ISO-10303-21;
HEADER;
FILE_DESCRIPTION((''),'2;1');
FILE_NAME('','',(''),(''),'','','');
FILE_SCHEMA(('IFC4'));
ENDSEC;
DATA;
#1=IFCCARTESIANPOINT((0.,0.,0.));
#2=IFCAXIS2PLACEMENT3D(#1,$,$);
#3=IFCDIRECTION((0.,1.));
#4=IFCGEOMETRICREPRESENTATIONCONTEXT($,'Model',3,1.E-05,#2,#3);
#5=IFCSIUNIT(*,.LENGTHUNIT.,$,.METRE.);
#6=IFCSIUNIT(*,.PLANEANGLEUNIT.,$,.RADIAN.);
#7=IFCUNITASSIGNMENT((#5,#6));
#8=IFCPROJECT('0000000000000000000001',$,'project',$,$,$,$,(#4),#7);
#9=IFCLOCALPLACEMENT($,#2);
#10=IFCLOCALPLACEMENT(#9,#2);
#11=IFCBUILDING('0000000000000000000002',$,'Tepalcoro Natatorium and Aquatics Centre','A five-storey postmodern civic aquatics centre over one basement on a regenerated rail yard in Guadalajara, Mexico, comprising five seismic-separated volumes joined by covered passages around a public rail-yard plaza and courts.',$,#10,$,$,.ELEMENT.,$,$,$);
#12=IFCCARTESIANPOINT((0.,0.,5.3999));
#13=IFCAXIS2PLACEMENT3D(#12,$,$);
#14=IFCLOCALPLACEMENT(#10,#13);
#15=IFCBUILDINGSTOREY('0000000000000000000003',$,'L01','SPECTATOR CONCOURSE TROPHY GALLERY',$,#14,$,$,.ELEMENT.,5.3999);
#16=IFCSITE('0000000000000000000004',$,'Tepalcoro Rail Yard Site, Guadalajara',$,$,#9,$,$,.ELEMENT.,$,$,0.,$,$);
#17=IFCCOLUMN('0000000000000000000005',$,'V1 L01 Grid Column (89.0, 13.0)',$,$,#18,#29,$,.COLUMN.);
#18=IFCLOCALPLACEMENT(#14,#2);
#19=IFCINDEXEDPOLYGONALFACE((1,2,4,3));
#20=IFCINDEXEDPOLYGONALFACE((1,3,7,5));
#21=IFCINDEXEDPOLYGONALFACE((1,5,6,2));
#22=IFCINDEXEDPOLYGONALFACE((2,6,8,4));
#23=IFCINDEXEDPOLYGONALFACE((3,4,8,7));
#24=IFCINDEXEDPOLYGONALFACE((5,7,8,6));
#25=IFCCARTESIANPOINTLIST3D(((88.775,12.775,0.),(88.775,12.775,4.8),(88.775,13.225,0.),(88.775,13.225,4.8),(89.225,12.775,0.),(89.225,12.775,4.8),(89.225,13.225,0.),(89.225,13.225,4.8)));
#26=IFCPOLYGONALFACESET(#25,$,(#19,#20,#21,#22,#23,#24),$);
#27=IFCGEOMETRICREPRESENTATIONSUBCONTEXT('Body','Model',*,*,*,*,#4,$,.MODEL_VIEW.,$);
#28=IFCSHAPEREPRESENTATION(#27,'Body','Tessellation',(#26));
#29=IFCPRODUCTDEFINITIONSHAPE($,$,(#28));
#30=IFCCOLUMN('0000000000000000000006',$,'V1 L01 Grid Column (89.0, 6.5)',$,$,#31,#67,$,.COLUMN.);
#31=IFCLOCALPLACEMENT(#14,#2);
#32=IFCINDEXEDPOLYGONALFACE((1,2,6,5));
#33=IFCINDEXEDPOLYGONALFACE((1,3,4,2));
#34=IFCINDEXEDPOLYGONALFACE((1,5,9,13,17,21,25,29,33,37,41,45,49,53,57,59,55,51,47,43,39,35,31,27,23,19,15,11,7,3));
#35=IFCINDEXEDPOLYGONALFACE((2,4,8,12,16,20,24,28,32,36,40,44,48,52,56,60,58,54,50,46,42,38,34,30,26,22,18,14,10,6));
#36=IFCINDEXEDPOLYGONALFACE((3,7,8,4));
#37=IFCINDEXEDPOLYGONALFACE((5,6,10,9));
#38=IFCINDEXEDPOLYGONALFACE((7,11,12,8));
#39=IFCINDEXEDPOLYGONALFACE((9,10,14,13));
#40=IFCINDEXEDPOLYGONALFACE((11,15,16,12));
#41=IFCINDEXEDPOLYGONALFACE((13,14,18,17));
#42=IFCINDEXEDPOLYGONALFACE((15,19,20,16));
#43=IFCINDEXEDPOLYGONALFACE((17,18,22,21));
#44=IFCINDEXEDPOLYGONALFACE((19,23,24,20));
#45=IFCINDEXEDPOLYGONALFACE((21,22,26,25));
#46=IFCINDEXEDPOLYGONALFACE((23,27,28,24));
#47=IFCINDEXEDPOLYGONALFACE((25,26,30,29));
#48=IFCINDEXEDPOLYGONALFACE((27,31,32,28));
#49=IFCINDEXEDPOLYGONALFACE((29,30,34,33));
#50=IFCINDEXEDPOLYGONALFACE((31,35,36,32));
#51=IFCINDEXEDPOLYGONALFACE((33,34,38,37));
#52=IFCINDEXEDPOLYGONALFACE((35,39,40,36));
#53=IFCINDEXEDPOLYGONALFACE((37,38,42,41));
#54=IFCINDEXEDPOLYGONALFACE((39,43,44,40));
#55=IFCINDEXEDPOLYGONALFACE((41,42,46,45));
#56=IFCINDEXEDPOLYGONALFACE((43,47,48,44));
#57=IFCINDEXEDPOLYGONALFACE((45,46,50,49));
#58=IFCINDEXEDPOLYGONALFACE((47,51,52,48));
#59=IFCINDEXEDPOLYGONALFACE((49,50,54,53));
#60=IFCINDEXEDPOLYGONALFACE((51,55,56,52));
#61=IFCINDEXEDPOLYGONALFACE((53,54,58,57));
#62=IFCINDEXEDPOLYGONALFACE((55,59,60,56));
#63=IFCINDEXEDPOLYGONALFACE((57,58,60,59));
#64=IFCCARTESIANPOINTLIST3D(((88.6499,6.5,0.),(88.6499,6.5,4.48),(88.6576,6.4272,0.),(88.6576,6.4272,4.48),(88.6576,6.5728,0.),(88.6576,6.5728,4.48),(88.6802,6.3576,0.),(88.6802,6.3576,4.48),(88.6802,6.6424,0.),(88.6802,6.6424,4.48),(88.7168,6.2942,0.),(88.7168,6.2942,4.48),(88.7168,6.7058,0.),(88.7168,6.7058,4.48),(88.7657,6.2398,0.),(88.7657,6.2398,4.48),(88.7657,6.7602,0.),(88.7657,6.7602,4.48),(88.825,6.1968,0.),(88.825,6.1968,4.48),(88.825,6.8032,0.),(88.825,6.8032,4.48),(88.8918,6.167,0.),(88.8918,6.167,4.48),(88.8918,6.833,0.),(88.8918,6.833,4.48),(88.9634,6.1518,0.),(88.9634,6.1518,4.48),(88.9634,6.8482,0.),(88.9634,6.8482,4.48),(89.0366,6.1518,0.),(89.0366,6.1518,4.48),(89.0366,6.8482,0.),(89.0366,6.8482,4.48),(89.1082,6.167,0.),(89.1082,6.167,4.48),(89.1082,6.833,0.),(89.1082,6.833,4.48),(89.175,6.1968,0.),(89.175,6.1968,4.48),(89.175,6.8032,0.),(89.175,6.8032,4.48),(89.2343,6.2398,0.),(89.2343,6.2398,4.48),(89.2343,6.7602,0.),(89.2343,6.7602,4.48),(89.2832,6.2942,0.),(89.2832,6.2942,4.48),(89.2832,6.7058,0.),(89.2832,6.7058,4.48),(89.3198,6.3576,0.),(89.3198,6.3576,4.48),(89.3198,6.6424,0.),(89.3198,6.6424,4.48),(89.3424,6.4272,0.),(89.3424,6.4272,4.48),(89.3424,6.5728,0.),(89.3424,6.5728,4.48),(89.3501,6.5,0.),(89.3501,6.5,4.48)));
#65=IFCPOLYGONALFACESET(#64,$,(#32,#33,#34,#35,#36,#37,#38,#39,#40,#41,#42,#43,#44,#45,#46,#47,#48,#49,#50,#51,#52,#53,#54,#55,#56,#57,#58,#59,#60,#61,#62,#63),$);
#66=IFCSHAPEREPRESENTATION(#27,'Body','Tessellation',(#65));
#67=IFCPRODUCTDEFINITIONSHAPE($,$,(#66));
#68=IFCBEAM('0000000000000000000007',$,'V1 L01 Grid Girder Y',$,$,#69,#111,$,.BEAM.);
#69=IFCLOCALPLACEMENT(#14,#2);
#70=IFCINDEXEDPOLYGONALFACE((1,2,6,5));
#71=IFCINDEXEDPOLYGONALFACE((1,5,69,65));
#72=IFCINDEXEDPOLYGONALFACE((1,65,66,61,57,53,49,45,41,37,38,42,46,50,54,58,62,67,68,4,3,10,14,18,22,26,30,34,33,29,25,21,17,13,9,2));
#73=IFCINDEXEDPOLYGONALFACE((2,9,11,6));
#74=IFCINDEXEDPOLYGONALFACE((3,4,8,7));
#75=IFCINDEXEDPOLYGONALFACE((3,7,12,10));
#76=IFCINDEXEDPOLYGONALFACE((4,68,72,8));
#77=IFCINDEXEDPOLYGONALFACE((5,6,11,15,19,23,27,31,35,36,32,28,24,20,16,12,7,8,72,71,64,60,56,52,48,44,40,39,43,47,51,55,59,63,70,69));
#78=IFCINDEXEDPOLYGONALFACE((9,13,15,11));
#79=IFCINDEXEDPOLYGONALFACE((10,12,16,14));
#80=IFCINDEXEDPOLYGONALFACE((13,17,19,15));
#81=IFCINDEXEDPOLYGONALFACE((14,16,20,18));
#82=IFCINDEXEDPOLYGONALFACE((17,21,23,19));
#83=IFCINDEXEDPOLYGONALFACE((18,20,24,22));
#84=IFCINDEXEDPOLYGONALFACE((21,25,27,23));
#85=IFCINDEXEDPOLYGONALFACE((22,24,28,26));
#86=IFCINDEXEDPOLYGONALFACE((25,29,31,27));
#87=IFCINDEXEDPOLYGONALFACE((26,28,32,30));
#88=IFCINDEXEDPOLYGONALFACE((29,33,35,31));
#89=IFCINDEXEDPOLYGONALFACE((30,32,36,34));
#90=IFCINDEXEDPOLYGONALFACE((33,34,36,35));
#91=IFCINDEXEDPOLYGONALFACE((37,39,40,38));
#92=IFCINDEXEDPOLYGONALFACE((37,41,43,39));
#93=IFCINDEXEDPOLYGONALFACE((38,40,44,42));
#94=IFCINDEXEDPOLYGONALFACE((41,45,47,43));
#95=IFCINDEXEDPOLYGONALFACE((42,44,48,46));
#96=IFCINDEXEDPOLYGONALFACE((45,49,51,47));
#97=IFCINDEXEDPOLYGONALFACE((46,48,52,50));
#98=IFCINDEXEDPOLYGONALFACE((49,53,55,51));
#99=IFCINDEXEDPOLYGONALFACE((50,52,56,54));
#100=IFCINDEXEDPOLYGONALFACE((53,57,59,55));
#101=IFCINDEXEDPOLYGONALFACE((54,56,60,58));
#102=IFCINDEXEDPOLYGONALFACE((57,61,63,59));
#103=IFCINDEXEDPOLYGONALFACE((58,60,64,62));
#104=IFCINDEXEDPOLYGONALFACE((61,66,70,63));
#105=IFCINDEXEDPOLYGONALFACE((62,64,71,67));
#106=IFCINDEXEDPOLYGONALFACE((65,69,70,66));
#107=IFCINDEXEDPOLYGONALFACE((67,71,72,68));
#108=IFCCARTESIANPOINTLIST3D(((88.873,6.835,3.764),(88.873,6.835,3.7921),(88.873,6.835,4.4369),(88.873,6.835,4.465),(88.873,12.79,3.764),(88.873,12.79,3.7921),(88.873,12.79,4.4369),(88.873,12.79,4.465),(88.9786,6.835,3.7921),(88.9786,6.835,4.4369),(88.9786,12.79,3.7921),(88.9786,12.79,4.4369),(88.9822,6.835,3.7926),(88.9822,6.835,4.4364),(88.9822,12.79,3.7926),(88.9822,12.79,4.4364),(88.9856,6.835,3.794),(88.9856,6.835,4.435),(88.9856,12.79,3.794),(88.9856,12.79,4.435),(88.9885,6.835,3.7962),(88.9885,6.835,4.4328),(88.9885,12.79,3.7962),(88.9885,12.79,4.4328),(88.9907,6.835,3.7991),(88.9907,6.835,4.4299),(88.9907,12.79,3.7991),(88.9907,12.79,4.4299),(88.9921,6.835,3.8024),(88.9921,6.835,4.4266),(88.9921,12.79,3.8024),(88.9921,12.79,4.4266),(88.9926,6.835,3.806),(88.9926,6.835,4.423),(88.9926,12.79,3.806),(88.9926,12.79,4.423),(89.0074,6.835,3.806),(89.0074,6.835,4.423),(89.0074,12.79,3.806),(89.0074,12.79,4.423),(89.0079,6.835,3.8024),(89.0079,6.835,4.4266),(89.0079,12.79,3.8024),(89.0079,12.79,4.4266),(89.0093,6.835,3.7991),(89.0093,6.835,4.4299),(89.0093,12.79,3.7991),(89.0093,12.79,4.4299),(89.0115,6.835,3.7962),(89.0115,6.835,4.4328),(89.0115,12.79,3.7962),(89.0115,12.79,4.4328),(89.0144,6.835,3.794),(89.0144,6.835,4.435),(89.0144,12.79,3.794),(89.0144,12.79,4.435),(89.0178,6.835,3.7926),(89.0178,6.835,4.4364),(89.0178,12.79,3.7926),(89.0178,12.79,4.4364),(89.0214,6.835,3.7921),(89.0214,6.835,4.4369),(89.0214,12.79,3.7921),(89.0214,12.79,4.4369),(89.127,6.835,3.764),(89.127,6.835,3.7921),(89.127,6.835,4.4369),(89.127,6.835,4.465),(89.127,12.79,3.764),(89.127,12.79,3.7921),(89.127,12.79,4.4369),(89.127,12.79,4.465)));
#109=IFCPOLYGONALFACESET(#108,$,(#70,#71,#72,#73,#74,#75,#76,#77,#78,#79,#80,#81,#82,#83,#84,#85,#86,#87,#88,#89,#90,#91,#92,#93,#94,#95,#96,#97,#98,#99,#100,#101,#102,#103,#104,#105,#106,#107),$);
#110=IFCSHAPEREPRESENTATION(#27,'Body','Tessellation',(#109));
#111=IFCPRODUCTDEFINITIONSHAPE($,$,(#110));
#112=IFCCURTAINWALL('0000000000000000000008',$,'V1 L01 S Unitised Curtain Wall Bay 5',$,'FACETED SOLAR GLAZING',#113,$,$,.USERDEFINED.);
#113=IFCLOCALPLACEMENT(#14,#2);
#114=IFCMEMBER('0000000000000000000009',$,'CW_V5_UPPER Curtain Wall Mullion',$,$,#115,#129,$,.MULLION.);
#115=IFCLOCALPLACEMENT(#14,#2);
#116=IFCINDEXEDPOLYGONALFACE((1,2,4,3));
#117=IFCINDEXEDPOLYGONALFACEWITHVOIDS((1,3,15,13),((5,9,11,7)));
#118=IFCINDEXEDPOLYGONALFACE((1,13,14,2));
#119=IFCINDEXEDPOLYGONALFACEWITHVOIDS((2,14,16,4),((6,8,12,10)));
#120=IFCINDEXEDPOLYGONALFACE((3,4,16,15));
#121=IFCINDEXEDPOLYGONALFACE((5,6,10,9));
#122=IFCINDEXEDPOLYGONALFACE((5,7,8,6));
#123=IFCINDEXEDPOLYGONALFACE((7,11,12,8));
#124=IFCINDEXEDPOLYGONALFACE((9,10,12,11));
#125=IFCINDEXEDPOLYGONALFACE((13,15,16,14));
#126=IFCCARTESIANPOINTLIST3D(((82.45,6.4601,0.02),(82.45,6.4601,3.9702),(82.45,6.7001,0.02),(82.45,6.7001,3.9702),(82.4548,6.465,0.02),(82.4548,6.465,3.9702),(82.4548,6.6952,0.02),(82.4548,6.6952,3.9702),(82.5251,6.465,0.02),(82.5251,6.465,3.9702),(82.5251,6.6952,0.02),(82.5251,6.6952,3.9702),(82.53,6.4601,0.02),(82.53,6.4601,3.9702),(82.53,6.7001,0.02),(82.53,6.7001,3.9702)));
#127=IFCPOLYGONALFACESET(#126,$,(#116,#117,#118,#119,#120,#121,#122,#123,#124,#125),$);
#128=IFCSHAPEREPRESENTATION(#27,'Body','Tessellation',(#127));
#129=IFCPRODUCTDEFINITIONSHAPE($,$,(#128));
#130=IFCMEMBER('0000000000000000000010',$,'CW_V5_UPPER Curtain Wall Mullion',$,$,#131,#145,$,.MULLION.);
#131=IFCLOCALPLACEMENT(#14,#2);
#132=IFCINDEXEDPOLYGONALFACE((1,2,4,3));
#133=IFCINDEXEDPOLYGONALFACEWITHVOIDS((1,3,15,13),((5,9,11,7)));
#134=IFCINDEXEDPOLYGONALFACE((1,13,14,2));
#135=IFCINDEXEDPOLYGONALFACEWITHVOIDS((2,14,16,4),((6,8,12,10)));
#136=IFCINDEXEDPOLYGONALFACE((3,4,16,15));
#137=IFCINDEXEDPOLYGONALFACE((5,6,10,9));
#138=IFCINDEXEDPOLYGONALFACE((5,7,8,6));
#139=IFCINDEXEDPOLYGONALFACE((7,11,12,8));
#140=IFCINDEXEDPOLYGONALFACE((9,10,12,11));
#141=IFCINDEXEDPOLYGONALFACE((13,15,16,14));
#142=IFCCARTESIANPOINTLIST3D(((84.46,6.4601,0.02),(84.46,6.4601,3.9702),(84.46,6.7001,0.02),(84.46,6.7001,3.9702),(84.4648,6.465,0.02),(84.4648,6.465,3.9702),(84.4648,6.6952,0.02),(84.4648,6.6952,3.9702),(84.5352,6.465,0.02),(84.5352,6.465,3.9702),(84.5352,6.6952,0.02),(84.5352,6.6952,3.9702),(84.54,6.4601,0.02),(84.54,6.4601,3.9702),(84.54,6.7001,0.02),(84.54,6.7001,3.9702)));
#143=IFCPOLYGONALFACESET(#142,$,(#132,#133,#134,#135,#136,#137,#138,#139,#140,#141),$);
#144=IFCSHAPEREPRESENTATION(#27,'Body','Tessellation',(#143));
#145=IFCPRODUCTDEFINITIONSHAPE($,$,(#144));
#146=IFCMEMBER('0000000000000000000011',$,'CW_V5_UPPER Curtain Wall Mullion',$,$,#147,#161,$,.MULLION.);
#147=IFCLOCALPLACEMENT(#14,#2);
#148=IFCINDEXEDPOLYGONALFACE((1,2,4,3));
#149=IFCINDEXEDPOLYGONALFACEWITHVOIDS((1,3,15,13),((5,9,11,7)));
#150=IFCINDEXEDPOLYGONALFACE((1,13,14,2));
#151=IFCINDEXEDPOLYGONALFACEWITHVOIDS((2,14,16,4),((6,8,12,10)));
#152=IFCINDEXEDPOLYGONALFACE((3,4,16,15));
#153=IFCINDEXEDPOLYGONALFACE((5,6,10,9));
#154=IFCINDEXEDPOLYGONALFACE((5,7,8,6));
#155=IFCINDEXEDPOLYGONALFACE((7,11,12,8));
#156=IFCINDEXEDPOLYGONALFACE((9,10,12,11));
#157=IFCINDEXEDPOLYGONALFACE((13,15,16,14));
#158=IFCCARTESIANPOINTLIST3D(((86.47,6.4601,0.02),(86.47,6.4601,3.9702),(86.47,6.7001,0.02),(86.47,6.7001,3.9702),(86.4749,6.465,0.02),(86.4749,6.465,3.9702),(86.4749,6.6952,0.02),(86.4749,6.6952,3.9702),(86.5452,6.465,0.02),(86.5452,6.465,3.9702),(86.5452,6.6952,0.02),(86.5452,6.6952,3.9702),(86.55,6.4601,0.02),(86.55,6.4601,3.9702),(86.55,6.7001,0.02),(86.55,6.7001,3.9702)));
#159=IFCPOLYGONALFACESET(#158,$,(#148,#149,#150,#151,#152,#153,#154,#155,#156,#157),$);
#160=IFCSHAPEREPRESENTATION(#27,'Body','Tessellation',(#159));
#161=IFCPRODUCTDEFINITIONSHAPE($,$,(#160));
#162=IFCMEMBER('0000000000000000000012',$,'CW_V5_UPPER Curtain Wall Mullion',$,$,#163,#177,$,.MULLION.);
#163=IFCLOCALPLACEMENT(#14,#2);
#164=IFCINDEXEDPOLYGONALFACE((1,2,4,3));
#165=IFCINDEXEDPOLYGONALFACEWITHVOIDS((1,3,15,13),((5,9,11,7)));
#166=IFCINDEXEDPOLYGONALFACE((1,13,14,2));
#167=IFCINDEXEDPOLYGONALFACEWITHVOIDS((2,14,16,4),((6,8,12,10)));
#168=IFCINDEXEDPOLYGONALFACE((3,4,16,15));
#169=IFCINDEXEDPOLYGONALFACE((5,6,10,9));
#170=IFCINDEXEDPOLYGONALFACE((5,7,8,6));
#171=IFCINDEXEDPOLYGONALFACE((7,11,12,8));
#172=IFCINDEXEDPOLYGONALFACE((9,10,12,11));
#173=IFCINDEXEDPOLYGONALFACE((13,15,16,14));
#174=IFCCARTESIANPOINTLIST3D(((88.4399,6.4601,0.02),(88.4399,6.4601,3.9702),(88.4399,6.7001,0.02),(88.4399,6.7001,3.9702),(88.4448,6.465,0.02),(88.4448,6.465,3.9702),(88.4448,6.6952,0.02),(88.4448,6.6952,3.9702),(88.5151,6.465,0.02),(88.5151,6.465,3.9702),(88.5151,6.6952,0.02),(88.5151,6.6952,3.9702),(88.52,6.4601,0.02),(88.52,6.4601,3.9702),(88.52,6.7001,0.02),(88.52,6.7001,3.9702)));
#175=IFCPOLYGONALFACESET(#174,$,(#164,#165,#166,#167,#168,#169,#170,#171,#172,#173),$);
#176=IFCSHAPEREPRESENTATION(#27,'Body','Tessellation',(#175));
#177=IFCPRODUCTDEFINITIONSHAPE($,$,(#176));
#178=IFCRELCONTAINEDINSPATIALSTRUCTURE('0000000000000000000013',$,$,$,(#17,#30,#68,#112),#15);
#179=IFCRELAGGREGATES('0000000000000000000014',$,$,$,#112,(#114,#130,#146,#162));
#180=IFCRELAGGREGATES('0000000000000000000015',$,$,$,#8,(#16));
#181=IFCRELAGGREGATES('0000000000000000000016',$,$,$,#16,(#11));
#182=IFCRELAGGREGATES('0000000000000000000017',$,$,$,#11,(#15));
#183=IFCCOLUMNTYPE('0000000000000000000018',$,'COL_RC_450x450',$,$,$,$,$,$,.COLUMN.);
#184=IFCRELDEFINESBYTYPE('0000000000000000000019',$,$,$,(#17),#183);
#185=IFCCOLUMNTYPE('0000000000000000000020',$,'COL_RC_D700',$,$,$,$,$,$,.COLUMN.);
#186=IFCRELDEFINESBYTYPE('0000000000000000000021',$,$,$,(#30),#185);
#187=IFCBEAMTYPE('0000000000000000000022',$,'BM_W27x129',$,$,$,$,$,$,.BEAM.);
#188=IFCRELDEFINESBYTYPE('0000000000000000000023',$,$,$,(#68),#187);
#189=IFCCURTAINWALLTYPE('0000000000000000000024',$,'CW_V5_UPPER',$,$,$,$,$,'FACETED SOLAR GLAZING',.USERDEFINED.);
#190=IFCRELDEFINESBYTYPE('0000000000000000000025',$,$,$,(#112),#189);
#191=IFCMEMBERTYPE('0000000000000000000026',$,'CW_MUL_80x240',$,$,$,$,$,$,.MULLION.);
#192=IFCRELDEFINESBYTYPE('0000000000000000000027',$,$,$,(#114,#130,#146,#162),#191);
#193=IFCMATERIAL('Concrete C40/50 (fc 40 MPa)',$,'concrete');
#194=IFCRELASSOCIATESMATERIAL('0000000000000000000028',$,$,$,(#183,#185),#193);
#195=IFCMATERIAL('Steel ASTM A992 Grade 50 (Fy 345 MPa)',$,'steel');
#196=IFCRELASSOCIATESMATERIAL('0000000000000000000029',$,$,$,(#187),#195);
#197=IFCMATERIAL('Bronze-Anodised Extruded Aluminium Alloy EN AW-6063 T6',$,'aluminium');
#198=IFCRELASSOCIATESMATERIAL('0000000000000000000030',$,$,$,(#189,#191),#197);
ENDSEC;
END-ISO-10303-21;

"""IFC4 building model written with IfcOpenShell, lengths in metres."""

from ifc_helpers import new_model, si_unit, direction, frame, origin, origin_2d, place, context, subcontext, project, spatial, rectangle, hollow_rectangle, circle, i_section, extrude, material, material_profile, profile_set, type_object, element, aggregate, save


model = new_model("IFC4")

# Units and contexts
model_context = context("Model", 3, precision=1e-05, world=origin(), true_north=direction((0.0, 1.0)))
body_context = subcontext(model_context, "Body", "Model", "MODEL_VIEW")
ifc_project = project(units=[si_unit("LENGTHUNIT", "METRE"), si_unit("PLANEANGLEUNIT", "RADIAN")], contexts=[model_context])

# Site, building, storey
site_placement = place(None, origin())
site = spatial("IfcSite", under=ifc_project, at=site_placement, Name="Tepalcoro Rail Yard Site, Guadalajara", CompositionType="ELEMENT", RefElevation=0.0)
building_placement = place(site_placement, origin())
building = spatial("IfcBuilding", under=site, at=building_placement, Name="Tepalcoro Natatorium and Aquatics Centre", Description="A five-storey postmodern civic aquatics centre over one basement on a regenerated rail yard in Guadalajara, Mexico, comprising five seismic-separated volumes joined by covered passages around a public rail-yard plaza and courts.", CompositionType="ELEMENT")
storey_placement = place(building_placement, frame((0.0, 0.0, 5.3999)))
storey = spatial("IfcBuildingStorey", under=building, at=storey_placement, Name="L01", Description="SPECTATOR CONCOURSE TROPHY GALLERY", CompositionType="ELEMENT", Elevation=5.3999)

# Columns
ifc_material_1 = material(Name="Concrete C40/50 (fc 40 MPa)", Category="concrete")
ifc_material_profile_1 = material_profile(ifc_material_1, rectangle(XDim=0.45, YDim=0.45, at=origin_2d()), Name="RC450x450")
ifc_profile_set_1 = profile_set([ifc_material_profile_1], Name="Concrete C40/50 (fc 40 MPa)")
column_type_1 = type_object("IfcColumnType", Name="COL_RC_450x450", PredefinedType="COLUMN", material=ifc_profile_set_1)
column_1_placement = place(storey_placement, frame((89.0, 13.0, 0.0), z_axis=(0.0, 0.0, 1.0), x_axis=(1.0, 0.0, 0.0)))
element("IfcColumn", 1, at=column_1_placement, inside=storey, type_object=column_type_1, Name="V1 L01 Grid Column (89.0, 13.0)", PredefinedType="COLUMN", context=body_context, shape_type="SweptSolid", body=[
    extrude(rectangle(XDim=0.45, YDim=0.45, at=origin_2d()), origin(), (0.0, 0.0, 1.0), 4.8),
])
ifc_material_profile_2 = material_profile(ifc_material_1, circle(Radius=0.3501, at=origin_2d()), Name="RCD700")
ifc_profile_set_2 = profile_set([ifc_material_profile_2], Name="Concrete C40/50 (fc 40 MPa)")
column_type_2 = type_object("IfcColumnType", Name="COL_RC_D700", PredefinedType="COLUMN", material=ifc_profile_set_2)
column_2_placement = place(storey_placement, frame((89.0, 6.5, 0.0), z_axis=(0.0, 0.0, 1.0), x_axis=(1.0, 0.0, 0.0)))
element("IfcColumn", 2, at=column_2_placement, inside=storey, type_object=column_type_2, Name="V1 L01 Grid Column (89.0, 6.5)", PredefinedType="COLUMN", context=body_context, shape_type="SweptSolid", body=[
    extrude(circle(Radius=0.3501, at=origin_2d()), origin(), (0.0, 0.0, 1.0), 4.48),
])

# Beam
ifc_material_2 = material(Name="Steel ASTM A992 Grade 50 (Fy 345 MPa)", Category="steel")
ifc_material_profile_3 = material_profile(ifc_material_2, i_section(OverallWidth=0.2539, OverallDepth=0.7009, WebThickness=0.0149, FlangeThickness=0.0281, FilletRadius=0.0139, at=origin_2d()), Name="W27X129")
ifc_profile_set_3 = profile_set([ifc_material_profile_3], Name="Steel ASTM A992 Grade 50 (Fy 345 MPa)")
beam_type_1 = type_object("IfcBeamType", Name="BM_W27x129", PredefinedType="BEAM", material=ifc_profile_set_3)
beam_1_placement = place(storey_placement, frame((89.0, 6.835, 4.1145), z_axis=(0.0, 1.0, 0.0), x_axis=(-1.0, 0.0, 0.0)))
element("IfcBeam", 3, at=beam_1_placement, inside=storey, type_object=beam_type_1, Name="V1 L01 Grid Girder Y", PredefinedType="BEAM", context=body_context, shape_type="SweptSolid", body=[
    extrude(i_section(OverallWidth=0.2539, OverallDepth=0.7009, WebThickness=0.0149, FlangeThickness=0.0281, FilletRadius=0.0139, at=origin_2d()), origin(), (0.0, 0.0, 1.0), 5.9551),
])

# Curtain wall, members
ifc_material_3 = material(Name="Bronze-Anodised Extruded Aluminium Alloy EN AW-6063 T6", Category="aluminium")
curtain_wall_type = type_object("IfcCurtainWallType", Name="CW_V5_UPPER", ElementType="FACETED SOLAR GLAZING", PredefinedType="USERDEFINED", material=ifc_material_3)
curtain_wall_placement = place(storey_placement, origin())
curtain_wall = element("IfcCurtainWall", 4, at=curtain_wall_placement, inside=storey, type_object=curtain_wall_type, Name="V1 L01 S Unitised Curtain Wall Bay 5", ObjectType="FACETED SOLAR GLAZING", PredefinedType="USERDEFINED")
ifc_material_profile_4 = material_profile(ifc_material_3, hollow_rectangle(XDim=0.0801, YDim=0.24, WallThickness=0.0049, at=origin_2d()), Name="AL80X240X5")
ifc_profile_set_4 = profile_set([ifc_material_profile_4], Name="Bronze-Anodised Extruded Aluminium Alloy EN AW-6063 T6")
member_type_1 = type_object("IfcMemberType", Name="CW_MUL_80x240", PredefinedType="MULLION", material=ifc_profile_set_4)
member_1_placement = place(storey_placement, frame((82.49, 6.5801, 0.02), z_axis=(0.0, 0.0, 1.0), x_axis=(1.0, 0.0, 0.0)))
member_1 = element("IfcMember", 5, at=member_1_placement, type_object=member_type_1, Name="CW_V5_UPPER Curtain Wall Mullion", PredefinedType="MULLION", context=body_context, shape_type="SweptSolid", body=[
    extrude(hollow_rectangle(XDim=0.0801, YDim=0.24, WallThickness=0.0049, at=origin_2d()), origin(), (0.0, 0.0, 1.0), 3.9502),
])
member_2_placement = place(storey_placement, frame((84.5, 6.5801, 0.02), z_axis=(0.0, 0.0, 1.0), x_axis=(1.0, 0.0, 0.0)))
member_2 = element("IfcMember", 6, at=member_2_placement, type_object=member_type_1, Name="CW_V5_UPPER Curtain Wall Mullion", PredefinedType="MULLION", context=body_context, shape_type="SweptSolid", body=[
    extrude(hollow_rectangle(XDim=0.0801, YDim=0.24, WallThickness=0.0049, at=origin_2d()), origin(), (0.0, 0.0, 1.0), 3.9502),
])
member_3_placement = place(storey_placement, frame((86.51, 6.5801, 0.02), z_axis=(0.0, 0.0, 1.0), x_axis=(1.0, 0.0, 0.0)))
member_3 = element("IfcMember", 7, at=member_3_placement, type_object=member_type_1, Name="CW_V5_UPPER Curtain Wall Mullion", PredefinedType="MULLION", context=body_context, shape_type="SweptSolid", body=[
    extrude(hollow_rectangle(XDim=0.0801, YDim=0.24, WallThickness=0.0049, at=origin_2d()), origin(), (0.0, 0.0, 1.0), 3.9502),
])
member_4_placement = place(storey_placement, frame((88.48, 6.5801, 0.02), z_axis=(0.0, 0.0, 1.0), x_axis=(1.0, 0.0, 0.0)))
member_4 = element("IfcMember", 8, at=member_4_placement, type_object=member_type_1, Name="CW_V5_UPPER Curtain Wall Mullion", PredefinedType="MULLION", context=body_context, shape_type="SweptSolid", body=[
    extrude(hollow_rectangle(XDim=0.0801, YDim=0.24, WallThickness=0.0049, at=origin_2d()), origin(), (0.0, 0.0, 1.0), 3.9502),
])

aggregate(curtain_wall, [member_1, member_2, member_3, member_4])

save(model, "model.ifc")
